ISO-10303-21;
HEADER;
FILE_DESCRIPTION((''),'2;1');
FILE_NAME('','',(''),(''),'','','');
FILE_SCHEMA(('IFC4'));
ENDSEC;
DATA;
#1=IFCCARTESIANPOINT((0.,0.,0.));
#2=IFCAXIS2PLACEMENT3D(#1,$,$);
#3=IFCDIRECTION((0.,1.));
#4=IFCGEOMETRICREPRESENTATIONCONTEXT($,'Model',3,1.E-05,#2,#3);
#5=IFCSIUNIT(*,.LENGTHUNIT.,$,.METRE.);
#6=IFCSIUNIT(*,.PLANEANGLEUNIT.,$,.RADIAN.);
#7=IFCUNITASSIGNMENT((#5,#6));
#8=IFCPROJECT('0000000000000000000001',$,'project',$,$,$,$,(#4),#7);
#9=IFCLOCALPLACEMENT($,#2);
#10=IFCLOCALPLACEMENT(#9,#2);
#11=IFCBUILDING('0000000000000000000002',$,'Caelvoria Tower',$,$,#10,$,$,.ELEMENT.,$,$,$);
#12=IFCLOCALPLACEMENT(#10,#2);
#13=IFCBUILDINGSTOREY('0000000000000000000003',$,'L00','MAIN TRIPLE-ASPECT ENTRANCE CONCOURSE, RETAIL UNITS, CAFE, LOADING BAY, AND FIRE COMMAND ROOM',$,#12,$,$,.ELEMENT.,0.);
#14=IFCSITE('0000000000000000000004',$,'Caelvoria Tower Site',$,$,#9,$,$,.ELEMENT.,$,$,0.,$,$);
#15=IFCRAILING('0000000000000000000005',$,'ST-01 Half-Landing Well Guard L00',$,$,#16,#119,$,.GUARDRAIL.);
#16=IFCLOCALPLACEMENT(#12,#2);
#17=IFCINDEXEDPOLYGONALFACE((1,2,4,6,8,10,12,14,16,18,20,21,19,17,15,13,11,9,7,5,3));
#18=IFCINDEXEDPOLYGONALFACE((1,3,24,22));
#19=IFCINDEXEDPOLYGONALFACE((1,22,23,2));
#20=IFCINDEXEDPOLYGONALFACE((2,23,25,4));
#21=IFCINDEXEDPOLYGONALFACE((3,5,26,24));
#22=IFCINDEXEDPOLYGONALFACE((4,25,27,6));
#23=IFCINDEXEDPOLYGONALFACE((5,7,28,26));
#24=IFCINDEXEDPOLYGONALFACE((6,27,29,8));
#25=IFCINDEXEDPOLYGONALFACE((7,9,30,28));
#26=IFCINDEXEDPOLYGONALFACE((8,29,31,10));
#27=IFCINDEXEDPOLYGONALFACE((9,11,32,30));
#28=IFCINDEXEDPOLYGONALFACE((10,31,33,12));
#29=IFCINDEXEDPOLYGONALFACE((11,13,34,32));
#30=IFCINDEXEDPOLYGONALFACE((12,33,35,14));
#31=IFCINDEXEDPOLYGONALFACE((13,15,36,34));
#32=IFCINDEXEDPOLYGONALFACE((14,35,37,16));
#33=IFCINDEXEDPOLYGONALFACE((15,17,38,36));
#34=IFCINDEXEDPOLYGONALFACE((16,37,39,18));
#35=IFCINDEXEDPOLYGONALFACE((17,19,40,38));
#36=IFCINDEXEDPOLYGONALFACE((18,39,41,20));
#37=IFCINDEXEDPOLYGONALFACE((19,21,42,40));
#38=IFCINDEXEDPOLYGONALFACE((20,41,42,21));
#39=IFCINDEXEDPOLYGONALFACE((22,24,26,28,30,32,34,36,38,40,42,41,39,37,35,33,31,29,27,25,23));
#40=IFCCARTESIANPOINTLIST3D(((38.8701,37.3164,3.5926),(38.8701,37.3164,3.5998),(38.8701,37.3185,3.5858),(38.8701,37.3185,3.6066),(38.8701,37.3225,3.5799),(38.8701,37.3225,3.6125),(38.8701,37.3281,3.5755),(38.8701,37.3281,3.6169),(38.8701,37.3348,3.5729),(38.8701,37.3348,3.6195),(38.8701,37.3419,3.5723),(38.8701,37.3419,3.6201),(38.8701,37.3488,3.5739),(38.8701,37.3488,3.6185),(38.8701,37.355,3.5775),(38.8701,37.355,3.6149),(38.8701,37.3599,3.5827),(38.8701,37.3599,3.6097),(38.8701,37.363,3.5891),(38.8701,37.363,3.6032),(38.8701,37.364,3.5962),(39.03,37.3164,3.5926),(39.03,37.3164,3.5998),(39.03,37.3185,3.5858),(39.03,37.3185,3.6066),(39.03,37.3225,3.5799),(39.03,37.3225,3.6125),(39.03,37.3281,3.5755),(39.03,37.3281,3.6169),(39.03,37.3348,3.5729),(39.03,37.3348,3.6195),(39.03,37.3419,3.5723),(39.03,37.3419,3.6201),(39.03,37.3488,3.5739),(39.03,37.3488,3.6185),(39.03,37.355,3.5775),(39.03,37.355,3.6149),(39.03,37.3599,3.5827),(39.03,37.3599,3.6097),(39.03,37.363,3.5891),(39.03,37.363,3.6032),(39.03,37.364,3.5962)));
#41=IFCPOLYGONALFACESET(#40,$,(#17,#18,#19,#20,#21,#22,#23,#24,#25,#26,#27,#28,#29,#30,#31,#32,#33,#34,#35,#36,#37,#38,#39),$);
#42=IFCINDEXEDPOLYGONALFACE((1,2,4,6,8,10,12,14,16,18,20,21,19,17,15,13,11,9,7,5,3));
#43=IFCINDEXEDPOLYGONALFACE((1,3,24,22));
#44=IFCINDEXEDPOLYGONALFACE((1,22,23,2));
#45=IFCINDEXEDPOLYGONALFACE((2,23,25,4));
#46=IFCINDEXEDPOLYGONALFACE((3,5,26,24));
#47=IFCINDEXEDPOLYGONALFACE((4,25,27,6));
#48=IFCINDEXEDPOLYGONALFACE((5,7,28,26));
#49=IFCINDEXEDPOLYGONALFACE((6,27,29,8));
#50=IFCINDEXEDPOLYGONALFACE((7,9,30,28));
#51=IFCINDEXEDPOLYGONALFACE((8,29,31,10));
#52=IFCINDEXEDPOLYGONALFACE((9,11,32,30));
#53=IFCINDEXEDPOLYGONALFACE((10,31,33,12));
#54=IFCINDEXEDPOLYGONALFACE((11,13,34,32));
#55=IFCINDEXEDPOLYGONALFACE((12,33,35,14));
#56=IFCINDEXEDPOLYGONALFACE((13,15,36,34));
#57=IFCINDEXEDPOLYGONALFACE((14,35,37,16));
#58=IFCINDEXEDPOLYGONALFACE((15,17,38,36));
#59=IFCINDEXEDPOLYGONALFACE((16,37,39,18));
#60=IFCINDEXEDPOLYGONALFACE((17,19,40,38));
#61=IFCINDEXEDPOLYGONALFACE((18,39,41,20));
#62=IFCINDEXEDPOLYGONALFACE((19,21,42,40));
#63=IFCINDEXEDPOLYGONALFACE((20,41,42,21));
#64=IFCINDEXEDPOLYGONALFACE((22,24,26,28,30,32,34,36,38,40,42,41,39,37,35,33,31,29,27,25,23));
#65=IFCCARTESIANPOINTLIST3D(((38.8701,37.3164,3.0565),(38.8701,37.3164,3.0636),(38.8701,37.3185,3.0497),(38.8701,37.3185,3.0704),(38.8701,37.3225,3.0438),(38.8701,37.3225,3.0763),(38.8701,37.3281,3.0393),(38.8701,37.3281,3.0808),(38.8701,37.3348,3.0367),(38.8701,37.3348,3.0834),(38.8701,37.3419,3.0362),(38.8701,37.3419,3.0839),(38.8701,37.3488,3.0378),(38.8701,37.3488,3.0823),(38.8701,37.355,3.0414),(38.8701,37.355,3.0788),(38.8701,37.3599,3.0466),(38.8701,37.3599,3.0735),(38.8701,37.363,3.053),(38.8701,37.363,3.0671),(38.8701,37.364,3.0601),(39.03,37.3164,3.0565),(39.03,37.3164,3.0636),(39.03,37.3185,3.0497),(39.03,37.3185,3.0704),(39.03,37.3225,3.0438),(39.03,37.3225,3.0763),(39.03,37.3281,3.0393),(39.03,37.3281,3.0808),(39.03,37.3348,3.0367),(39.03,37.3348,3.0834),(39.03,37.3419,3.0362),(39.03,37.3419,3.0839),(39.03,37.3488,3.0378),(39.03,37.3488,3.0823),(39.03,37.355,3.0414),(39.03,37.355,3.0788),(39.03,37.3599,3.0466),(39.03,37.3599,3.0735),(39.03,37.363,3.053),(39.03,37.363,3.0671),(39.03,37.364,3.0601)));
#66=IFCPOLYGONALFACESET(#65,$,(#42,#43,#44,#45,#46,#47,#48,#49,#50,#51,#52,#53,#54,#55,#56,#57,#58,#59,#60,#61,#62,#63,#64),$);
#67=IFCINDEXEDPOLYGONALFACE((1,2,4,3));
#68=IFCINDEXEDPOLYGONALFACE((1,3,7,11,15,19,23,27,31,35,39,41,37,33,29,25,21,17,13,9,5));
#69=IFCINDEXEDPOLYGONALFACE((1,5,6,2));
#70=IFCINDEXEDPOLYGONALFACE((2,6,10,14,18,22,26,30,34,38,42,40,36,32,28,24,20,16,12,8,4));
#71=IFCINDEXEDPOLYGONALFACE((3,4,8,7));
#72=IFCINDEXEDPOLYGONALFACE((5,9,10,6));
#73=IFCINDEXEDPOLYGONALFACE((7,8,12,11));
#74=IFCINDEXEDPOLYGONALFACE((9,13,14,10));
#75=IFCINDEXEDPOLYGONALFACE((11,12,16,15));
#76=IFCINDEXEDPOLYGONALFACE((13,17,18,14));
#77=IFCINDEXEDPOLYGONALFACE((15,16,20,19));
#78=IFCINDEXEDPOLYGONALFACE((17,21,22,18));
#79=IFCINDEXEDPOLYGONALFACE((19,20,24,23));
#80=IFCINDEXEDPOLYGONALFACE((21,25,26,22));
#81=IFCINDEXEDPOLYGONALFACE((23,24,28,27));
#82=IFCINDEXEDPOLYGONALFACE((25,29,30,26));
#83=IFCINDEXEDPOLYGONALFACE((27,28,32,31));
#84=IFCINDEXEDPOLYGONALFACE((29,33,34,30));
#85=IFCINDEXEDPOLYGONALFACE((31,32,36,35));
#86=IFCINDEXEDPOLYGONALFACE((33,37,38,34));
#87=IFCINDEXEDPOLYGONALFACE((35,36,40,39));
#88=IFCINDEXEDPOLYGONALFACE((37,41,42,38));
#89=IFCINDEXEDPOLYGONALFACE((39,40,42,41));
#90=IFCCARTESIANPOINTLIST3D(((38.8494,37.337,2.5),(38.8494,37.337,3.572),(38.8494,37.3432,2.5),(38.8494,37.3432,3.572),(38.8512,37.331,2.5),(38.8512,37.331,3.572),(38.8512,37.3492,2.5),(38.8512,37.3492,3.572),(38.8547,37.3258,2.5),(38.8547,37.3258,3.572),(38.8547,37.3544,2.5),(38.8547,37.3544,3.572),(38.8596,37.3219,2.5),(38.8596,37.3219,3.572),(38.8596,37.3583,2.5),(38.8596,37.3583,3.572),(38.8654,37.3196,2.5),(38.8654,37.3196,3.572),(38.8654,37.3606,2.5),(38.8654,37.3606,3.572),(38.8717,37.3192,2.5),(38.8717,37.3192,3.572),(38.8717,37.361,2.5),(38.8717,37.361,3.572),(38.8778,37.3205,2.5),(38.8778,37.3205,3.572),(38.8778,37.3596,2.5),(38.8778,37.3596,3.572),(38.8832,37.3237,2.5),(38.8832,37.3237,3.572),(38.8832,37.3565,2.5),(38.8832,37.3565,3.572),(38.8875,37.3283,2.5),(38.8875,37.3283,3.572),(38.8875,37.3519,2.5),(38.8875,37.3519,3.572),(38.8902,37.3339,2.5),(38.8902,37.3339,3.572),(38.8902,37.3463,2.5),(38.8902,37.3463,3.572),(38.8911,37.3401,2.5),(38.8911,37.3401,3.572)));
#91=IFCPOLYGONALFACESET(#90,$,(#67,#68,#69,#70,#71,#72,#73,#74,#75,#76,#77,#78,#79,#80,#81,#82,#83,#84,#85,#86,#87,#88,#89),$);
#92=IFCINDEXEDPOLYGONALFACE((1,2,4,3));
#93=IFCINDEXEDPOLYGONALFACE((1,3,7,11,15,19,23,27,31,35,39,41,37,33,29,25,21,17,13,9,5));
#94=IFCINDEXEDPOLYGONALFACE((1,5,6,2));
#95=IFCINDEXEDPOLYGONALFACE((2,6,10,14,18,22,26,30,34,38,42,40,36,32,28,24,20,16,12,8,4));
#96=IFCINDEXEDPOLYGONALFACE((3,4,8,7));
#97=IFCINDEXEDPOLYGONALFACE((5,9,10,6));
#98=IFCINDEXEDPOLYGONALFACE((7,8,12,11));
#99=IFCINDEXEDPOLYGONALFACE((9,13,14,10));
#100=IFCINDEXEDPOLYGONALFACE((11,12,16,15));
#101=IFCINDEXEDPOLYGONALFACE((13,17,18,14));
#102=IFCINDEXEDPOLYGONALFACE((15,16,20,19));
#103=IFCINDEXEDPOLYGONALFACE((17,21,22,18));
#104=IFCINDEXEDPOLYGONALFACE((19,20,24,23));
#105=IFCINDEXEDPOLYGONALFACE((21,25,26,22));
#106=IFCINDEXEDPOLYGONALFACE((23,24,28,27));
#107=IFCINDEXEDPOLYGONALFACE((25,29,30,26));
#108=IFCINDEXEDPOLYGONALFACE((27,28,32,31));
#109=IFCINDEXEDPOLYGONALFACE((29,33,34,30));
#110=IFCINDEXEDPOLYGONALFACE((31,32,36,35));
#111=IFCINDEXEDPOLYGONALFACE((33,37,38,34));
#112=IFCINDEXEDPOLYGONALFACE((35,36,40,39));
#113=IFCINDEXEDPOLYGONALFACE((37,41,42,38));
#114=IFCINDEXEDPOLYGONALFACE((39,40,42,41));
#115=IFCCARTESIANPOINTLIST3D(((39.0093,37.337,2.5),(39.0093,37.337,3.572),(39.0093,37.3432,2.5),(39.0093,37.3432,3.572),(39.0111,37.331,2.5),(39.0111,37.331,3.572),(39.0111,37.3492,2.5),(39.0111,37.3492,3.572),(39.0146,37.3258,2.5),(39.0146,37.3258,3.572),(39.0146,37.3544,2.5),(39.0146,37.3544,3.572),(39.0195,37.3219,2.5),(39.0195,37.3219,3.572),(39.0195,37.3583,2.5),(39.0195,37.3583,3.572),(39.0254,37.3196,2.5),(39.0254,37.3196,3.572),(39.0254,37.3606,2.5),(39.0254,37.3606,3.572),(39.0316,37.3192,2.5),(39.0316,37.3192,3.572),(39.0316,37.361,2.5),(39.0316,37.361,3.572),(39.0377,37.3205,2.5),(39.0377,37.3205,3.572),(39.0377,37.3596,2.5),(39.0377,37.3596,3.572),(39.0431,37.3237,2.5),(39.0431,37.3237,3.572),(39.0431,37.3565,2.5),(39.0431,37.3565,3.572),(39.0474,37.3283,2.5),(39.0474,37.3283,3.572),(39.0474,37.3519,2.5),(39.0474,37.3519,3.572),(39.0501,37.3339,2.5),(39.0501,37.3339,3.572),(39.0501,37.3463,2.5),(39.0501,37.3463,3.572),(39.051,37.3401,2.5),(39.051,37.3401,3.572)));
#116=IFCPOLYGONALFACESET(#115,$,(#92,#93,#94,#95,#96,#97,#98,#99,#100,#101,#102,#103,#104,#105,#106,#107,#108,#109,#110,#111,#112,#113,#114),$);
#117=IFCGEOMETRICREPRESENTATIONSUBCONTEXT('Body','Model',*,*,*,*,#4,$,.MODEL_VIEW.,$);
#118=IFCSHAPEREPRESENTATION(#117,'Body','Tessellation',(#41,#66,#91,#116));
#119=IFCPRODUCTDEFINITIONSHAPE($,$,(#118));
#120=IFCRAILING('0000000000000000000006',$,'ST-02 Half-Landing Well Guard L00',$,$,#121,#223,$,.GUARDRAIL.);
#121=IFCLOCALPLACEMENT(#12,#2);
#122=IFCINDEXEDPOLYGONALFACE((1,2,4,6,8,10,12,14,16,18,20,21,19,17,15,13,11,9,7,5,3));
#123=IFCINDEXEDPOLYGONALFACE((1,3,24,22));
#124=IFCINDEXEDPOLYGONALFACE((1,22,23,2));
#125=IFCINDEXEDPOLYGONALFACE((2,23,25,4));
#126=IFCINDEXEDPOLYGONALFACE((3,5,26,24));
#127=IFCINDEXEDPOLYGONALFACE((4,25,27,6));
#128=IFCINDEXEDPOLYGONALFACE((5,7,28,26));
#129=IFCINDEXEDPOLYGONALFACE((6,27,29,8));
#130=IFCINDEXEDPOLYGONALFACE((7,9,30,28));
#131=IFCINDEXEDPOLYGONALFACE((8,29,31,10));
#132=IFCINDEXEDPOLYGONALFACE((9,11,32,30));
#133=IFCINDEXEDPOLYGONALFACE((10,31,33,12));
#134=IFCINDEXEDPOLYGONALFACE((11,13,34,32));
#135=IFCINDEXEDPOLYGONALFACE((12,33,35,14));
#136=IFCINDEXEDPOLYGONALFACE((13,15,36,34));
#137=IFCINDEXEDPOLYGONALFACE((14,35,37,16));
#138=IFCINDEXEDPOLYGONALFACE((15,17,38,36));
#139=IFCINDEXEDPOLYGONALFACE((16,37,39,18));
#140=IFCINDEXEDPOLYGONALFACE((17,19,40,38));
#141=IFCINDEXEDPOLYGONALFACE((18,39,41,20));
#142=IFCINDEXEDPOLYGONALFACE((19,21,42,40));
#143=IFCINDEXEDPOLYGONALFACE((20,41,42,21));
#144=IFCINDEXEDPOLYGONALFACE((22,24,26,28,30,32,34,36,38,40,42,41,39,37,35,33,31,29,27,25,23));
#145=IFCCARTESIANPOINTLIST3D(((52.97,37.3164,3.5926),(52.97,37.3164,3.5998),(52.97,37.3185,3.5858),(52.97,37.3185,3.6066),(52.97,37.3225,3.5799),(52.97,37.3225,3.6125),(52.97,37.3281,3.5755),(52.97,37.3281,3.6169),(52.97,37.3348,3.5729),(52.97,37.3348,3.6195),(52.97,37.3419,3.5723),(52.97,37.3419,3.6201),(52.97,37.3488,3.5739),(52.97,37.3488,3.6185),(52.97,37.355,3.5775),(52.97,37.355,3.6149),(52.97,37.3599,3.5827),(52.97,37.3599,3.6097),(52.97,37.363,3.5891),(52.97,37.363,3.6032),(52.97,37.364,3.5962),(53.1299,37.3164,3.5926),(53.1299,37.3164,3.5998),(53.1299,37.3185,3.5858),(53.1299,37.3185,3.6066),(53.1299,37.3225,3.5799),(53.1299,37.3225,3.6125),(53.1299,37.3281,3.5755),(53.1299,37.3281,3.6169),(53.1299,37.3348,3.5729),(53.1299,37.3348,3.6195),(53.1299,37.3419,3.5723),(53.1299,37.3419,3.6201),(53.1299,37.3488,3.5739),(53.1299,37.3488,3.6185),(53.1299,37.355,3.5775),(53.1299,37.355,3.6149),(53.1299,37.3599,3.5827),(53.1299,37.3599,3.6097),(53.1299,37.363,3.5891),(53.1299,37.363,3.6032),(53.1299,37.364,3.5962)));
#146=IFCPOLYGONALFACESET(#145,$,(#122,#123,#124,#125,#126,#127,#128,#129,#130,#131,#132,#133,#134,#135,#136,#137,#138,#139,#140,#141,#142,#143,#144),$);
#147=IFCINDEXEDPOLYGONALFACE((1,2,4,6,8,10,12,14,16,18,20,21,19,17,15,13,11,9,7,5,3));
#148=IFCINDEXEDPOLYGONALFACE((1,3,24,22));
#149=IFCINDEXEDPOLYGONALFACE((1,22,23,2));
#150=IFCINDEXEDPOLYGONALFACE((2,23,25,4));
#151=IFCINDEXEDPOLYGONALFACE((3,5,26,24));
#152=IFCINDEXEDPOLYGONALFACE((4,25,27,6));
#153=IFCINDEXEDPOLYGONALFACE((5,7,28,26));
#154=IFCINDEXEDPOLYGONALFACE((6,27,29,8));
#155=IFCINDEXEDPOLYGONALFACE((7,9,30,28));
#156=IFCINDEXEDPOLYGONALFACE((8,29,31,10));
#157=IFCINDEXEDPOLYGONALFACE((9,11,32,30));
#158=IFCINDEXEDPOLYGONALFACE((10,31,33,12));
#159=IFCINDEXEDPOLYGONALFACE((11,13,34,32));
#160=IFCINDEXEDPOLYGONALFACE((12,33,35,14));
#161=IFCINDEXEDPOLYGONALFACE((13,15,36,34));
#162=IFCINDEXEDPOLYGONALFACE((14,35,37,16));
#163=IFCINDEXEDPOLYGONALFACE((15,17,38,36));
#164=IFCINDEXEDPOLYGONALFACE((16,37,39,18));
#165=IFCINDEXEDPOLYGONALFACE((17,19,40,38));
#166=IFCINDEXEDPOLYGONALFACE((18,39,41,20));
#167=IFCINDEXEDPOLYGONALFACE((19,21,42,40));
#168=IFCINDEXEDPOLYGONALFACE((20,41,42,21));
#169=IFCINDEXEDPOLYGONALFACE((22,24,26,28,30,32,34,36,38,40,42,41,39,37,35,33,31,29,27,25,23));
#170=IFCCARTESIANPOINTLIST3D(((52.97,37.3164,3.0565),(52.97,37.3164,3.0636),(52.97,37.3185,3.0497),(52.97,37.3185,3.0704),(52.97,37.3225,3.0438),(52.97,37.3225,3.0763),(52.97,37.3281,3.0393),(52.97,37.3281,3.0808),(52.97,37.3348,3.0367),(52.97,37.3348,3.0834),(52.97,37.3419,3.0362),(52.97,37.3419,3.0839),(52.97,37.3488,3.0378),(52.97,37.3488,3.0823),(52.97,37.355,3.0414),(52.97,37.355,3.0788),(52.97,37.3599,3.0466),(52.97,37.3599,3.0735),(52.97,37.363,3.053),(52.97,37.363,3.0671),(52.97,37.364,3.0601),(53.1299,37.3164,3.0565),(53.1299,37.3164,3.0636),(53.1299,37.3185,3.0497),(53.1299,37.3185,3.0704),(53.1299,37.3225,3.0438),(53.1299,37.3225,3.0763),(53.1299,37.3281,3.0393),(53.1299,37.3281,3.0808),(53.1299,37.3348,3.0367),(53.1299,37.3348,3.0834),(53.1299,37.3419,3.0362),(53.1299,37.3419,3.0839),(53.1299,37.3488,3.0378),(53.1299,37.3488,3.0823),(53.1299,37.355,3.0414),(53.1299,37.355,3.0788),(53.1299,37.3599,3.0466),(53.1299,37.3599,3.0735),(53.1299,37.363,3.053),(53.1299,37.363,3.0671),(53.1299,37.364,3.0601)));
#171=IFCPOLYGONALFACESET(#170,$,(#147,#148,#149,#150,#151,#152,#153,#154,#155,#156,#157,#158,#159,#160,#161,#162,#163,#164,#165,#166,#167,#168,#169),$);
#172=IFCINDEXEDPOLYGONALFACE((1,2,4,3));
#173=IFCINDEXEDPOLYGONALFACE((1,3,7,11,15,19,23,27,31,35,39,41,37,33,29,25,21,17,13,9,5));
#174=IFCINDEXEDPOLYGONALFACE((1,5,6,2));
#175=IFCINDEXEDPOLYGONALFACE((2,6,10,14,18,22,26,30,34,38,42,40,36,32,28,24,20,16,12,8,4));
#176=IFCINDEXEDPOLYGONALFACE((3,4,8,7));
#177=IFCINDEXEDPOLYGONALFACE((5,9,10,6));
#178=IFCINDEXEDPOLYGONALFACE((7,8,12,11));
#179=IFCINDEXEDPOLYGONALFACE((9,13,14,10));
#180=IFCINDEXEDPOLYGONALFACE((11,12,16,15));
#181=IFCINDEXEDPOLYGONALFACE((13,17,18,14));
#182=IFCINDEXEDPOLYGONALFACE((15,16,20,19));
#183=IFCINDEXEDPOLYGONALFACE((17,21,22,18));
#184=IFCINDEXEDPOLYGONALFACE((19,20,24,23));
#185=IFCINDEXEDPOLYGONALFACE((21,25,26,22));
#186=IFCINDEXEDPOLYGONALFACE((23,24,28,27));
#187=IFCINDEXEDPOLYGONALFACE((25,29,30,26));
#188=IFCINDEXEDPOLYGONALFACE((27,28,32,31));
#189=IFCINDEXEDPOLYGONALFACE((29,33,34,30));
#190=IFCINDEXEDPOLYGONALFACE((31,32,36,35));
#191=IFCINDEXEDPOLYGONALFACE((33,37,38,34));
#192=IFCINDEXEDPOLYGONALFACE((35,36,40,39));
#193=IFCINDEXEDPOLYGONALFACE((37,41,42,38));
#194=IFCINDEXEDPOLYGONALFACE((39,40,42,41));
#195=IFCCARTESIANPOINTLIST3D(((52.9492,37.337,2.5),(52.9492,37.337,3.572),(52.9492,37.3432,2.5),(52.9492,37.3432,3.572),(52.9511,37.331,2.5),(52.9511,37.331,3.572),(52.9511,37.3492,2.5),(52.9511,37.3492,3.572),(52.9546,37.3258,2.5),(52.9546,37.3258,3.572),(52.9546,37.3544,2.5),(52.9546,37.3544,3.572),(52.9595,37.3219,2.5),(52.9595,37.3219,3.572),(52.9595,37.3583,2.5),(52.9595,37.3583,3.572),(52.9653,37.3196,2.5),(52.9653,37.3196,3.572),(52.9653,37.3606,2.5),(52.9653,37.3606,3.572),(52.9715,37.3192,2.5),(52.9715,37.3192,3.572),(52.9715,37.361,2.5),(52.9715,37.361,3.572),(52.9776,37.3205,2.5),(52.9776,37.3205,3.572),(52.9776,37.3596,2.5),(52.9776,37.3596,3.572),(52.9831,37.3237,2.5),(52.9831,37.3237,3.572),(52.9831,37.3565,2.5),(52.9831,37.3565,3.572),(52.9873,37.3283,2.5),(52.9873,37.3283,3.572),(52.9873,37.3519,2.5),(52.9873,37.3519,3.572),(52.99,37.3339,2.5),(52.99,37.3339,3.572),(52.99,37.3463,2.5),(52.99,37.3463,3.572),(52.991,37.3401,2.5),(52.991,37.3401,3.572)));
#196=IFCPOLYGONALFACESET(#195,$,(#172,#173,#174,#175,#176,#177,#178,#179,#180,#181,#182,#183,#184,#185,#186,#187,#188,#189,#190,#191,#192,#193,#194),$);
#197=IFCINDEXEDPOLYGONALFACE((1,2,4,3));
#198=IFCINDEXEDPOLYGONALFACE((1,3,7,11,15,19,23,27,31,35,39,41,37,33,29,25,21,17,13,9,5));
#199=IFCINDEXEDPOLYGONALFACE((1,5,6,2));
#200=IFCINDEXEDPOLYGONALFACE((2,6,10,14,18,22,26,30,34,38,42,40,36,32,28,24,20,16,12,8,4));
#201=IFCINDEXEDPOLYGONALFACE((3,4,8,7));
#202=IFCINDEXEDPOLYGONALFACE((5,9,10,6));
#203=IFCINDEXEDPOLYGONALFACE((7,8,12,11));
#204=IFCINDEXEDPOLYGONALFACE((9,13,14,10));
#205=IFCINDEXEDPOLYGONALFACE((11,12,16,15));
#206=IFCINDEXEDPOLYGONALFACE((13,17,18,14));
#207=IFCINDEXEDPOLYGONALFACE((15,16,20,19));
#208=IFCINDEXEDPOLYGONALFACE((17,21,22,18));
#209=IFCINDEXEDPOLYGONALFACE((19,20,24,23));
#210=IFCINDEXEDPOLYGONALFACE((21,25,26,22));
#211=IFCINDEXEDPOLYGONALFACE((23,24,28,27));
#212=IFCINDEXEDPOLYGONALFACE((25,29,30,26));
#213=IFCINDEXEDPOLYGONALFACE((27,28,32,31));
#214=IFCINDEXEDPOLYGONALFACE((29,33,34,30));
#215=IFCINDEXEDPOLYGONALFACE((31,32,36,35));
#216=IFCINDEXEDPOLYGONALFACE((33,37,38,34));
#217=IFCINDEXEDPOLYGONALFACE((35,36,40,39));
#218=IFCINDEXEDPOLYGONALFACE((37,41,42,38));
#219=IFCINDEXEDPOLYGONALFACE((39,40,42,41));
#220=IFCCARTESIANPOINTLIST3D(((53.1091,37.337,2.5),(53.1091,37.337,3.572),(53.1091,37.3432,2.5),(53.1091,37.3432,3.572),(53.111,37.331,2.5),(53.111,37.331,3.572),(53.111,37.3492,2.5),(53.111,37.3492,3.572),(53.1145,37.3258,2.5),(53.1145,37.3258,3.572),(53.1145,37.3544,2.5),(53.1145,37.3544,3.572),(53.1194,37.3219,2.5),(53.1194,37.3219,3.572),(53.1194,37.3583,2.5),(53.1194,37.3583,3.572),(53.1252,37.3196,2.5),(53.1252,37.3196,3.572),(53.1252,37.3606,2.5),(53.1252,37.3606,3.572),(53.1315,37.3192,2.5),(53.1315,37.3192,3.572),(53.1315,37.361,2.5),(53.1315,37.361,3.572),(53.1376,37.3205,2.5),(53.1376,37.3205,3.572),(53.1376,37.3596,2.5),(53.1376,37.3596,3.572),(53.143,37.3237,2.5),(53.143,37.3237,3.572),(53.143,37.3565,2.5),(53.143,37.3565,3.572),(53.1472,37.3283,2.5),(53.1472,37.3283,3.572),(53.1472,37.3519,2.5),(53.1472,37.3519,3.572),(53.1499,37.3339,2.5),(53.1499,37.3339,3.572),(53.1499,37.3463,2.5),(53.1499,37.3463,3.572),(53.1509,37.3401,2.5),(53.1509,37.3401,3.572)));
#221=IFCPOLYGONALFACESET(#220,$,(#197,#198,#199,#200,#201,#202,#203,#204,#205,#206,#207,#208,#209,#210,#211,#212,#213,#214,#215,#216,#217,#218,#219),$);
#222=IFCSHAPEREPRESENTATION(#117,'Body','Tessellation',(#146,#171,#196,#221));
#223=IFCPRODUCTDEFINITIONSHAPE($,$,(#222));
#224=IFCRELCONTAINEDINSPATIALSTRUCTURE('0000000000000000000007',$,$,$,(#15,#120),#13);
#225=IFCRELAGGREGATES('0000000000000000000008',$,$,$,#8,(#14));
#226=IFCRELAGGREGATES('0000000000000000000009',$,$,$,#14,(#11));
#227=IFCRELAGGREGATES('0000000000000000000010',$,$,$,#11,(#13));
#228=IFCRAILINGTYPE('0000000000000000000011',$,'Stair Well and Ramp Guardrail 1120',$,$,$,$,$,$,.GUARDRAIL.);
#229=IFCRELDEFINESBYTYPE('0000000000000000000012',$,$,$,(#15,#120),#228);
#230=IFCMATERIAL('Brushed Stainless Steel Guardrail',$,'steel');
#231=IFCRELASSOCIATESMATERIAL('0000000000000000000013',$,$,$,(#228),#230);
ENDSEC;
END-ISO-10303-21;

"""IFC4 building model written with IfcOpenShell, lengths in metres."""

from ifc_helpers import new_model, si_unit, direction, frame, origin, origin_2d, place, context, subcontext, project, spatial, circle, extrude, material, type_object, element, save


model = new_model("IFC4")

# Units and contexts
model_context = context("Model", 3, precision=1e-05, world=origin(), true_north=direction((0.0, 1.0)))
body_context = subcontext(model_context, "Body", "Model", "MODEL_VIEW")
ifc_project = project(units=[si_unit("LENGTHUNIT", "METRE"), si_unit("PLANEANGLEUNIT", "RADIAN")], contexts=[model_context])

# Site, building, storey
site_placement = place(None, origin())
site = spatial("IfcSite", under=ifc_project, at=site_placement, Name="Caelvoria Tower Site", CompositionType="ELEMENT", RefElevation=0.0)
building_placement = place(site_placement, origin())
building = spatial("IfcBuilding", under=site, at=building_placement, Name="Caelvoria Tower", CompositionType="ELEMENT")
storey_placement = place(building_placement, origin())
storey = spatial("IfcBuildingStorey", under=building, at=storey_placement, Name="L00", Description="MAIN TRIPLE-ASPECT ENTRANCE CONCOURSE, RETAIL UNITS, CAFE, LOADING BAY, AND FIRE COMMAND ROOM", CompositionType="ELEMENT", Elevation=0.0)

# Railings
ifc_material_1 = material(Name="Brushed Stainless Steel Guardrail", Category="steel")
railing_type_1 = type_object("IfcRailingType", Name="Stair Well and Ramp Guardrail 1120", PredefinedType="GUARDRAIL", material=ifc_material_1)
for number, where, name in (
    (1, (38.8701, 37.3401, 2.5), "ST-01 Half-Landing Well Guard L00"),
    (2, (52.97, 37.3401, 2.5), "ST-02 Half-Landing Well Guard L00"),
):
    element("IfcRailing", number, at=place(storey_placement, frame(where)), inside=storey, type_object=railing_type_1, Name=name, PredefinedType="GUARDRAIL", context=body_context, shape_type="SweptSolid", body=[
        extrude(circle(Radius=0.0239, at=origin_2d()), frame((0.0, 0.0, 1.0962), z_axis=(1.0, 0.0, 0.0), x_axis=(0.0, 1.0, 0.0)), (0.0, 0.0, 1.0), 0.1599),
        extrude(circle(Radius=0.0239, at=origin_2d()), frame((0.0, 0.0, 0.5601), z_axis=(1.0, 0.0, 0.0), x_axis=(0.0, 1.0, 0.0)), (0.0, 0.0, 1.0), 0.1599),
        extrude(circle(Radius=0.021, at=origin_2d()), origin(), (0.0, 0.0, 1.0), 1.072),
        extrude(circle(Radius=0.021, at=origin_2d()), frame((0.1599, 0.0, 0.0)), (0.0, 0.0, 1.0), 1.072),
    ])

save(model, "model.ifc")
